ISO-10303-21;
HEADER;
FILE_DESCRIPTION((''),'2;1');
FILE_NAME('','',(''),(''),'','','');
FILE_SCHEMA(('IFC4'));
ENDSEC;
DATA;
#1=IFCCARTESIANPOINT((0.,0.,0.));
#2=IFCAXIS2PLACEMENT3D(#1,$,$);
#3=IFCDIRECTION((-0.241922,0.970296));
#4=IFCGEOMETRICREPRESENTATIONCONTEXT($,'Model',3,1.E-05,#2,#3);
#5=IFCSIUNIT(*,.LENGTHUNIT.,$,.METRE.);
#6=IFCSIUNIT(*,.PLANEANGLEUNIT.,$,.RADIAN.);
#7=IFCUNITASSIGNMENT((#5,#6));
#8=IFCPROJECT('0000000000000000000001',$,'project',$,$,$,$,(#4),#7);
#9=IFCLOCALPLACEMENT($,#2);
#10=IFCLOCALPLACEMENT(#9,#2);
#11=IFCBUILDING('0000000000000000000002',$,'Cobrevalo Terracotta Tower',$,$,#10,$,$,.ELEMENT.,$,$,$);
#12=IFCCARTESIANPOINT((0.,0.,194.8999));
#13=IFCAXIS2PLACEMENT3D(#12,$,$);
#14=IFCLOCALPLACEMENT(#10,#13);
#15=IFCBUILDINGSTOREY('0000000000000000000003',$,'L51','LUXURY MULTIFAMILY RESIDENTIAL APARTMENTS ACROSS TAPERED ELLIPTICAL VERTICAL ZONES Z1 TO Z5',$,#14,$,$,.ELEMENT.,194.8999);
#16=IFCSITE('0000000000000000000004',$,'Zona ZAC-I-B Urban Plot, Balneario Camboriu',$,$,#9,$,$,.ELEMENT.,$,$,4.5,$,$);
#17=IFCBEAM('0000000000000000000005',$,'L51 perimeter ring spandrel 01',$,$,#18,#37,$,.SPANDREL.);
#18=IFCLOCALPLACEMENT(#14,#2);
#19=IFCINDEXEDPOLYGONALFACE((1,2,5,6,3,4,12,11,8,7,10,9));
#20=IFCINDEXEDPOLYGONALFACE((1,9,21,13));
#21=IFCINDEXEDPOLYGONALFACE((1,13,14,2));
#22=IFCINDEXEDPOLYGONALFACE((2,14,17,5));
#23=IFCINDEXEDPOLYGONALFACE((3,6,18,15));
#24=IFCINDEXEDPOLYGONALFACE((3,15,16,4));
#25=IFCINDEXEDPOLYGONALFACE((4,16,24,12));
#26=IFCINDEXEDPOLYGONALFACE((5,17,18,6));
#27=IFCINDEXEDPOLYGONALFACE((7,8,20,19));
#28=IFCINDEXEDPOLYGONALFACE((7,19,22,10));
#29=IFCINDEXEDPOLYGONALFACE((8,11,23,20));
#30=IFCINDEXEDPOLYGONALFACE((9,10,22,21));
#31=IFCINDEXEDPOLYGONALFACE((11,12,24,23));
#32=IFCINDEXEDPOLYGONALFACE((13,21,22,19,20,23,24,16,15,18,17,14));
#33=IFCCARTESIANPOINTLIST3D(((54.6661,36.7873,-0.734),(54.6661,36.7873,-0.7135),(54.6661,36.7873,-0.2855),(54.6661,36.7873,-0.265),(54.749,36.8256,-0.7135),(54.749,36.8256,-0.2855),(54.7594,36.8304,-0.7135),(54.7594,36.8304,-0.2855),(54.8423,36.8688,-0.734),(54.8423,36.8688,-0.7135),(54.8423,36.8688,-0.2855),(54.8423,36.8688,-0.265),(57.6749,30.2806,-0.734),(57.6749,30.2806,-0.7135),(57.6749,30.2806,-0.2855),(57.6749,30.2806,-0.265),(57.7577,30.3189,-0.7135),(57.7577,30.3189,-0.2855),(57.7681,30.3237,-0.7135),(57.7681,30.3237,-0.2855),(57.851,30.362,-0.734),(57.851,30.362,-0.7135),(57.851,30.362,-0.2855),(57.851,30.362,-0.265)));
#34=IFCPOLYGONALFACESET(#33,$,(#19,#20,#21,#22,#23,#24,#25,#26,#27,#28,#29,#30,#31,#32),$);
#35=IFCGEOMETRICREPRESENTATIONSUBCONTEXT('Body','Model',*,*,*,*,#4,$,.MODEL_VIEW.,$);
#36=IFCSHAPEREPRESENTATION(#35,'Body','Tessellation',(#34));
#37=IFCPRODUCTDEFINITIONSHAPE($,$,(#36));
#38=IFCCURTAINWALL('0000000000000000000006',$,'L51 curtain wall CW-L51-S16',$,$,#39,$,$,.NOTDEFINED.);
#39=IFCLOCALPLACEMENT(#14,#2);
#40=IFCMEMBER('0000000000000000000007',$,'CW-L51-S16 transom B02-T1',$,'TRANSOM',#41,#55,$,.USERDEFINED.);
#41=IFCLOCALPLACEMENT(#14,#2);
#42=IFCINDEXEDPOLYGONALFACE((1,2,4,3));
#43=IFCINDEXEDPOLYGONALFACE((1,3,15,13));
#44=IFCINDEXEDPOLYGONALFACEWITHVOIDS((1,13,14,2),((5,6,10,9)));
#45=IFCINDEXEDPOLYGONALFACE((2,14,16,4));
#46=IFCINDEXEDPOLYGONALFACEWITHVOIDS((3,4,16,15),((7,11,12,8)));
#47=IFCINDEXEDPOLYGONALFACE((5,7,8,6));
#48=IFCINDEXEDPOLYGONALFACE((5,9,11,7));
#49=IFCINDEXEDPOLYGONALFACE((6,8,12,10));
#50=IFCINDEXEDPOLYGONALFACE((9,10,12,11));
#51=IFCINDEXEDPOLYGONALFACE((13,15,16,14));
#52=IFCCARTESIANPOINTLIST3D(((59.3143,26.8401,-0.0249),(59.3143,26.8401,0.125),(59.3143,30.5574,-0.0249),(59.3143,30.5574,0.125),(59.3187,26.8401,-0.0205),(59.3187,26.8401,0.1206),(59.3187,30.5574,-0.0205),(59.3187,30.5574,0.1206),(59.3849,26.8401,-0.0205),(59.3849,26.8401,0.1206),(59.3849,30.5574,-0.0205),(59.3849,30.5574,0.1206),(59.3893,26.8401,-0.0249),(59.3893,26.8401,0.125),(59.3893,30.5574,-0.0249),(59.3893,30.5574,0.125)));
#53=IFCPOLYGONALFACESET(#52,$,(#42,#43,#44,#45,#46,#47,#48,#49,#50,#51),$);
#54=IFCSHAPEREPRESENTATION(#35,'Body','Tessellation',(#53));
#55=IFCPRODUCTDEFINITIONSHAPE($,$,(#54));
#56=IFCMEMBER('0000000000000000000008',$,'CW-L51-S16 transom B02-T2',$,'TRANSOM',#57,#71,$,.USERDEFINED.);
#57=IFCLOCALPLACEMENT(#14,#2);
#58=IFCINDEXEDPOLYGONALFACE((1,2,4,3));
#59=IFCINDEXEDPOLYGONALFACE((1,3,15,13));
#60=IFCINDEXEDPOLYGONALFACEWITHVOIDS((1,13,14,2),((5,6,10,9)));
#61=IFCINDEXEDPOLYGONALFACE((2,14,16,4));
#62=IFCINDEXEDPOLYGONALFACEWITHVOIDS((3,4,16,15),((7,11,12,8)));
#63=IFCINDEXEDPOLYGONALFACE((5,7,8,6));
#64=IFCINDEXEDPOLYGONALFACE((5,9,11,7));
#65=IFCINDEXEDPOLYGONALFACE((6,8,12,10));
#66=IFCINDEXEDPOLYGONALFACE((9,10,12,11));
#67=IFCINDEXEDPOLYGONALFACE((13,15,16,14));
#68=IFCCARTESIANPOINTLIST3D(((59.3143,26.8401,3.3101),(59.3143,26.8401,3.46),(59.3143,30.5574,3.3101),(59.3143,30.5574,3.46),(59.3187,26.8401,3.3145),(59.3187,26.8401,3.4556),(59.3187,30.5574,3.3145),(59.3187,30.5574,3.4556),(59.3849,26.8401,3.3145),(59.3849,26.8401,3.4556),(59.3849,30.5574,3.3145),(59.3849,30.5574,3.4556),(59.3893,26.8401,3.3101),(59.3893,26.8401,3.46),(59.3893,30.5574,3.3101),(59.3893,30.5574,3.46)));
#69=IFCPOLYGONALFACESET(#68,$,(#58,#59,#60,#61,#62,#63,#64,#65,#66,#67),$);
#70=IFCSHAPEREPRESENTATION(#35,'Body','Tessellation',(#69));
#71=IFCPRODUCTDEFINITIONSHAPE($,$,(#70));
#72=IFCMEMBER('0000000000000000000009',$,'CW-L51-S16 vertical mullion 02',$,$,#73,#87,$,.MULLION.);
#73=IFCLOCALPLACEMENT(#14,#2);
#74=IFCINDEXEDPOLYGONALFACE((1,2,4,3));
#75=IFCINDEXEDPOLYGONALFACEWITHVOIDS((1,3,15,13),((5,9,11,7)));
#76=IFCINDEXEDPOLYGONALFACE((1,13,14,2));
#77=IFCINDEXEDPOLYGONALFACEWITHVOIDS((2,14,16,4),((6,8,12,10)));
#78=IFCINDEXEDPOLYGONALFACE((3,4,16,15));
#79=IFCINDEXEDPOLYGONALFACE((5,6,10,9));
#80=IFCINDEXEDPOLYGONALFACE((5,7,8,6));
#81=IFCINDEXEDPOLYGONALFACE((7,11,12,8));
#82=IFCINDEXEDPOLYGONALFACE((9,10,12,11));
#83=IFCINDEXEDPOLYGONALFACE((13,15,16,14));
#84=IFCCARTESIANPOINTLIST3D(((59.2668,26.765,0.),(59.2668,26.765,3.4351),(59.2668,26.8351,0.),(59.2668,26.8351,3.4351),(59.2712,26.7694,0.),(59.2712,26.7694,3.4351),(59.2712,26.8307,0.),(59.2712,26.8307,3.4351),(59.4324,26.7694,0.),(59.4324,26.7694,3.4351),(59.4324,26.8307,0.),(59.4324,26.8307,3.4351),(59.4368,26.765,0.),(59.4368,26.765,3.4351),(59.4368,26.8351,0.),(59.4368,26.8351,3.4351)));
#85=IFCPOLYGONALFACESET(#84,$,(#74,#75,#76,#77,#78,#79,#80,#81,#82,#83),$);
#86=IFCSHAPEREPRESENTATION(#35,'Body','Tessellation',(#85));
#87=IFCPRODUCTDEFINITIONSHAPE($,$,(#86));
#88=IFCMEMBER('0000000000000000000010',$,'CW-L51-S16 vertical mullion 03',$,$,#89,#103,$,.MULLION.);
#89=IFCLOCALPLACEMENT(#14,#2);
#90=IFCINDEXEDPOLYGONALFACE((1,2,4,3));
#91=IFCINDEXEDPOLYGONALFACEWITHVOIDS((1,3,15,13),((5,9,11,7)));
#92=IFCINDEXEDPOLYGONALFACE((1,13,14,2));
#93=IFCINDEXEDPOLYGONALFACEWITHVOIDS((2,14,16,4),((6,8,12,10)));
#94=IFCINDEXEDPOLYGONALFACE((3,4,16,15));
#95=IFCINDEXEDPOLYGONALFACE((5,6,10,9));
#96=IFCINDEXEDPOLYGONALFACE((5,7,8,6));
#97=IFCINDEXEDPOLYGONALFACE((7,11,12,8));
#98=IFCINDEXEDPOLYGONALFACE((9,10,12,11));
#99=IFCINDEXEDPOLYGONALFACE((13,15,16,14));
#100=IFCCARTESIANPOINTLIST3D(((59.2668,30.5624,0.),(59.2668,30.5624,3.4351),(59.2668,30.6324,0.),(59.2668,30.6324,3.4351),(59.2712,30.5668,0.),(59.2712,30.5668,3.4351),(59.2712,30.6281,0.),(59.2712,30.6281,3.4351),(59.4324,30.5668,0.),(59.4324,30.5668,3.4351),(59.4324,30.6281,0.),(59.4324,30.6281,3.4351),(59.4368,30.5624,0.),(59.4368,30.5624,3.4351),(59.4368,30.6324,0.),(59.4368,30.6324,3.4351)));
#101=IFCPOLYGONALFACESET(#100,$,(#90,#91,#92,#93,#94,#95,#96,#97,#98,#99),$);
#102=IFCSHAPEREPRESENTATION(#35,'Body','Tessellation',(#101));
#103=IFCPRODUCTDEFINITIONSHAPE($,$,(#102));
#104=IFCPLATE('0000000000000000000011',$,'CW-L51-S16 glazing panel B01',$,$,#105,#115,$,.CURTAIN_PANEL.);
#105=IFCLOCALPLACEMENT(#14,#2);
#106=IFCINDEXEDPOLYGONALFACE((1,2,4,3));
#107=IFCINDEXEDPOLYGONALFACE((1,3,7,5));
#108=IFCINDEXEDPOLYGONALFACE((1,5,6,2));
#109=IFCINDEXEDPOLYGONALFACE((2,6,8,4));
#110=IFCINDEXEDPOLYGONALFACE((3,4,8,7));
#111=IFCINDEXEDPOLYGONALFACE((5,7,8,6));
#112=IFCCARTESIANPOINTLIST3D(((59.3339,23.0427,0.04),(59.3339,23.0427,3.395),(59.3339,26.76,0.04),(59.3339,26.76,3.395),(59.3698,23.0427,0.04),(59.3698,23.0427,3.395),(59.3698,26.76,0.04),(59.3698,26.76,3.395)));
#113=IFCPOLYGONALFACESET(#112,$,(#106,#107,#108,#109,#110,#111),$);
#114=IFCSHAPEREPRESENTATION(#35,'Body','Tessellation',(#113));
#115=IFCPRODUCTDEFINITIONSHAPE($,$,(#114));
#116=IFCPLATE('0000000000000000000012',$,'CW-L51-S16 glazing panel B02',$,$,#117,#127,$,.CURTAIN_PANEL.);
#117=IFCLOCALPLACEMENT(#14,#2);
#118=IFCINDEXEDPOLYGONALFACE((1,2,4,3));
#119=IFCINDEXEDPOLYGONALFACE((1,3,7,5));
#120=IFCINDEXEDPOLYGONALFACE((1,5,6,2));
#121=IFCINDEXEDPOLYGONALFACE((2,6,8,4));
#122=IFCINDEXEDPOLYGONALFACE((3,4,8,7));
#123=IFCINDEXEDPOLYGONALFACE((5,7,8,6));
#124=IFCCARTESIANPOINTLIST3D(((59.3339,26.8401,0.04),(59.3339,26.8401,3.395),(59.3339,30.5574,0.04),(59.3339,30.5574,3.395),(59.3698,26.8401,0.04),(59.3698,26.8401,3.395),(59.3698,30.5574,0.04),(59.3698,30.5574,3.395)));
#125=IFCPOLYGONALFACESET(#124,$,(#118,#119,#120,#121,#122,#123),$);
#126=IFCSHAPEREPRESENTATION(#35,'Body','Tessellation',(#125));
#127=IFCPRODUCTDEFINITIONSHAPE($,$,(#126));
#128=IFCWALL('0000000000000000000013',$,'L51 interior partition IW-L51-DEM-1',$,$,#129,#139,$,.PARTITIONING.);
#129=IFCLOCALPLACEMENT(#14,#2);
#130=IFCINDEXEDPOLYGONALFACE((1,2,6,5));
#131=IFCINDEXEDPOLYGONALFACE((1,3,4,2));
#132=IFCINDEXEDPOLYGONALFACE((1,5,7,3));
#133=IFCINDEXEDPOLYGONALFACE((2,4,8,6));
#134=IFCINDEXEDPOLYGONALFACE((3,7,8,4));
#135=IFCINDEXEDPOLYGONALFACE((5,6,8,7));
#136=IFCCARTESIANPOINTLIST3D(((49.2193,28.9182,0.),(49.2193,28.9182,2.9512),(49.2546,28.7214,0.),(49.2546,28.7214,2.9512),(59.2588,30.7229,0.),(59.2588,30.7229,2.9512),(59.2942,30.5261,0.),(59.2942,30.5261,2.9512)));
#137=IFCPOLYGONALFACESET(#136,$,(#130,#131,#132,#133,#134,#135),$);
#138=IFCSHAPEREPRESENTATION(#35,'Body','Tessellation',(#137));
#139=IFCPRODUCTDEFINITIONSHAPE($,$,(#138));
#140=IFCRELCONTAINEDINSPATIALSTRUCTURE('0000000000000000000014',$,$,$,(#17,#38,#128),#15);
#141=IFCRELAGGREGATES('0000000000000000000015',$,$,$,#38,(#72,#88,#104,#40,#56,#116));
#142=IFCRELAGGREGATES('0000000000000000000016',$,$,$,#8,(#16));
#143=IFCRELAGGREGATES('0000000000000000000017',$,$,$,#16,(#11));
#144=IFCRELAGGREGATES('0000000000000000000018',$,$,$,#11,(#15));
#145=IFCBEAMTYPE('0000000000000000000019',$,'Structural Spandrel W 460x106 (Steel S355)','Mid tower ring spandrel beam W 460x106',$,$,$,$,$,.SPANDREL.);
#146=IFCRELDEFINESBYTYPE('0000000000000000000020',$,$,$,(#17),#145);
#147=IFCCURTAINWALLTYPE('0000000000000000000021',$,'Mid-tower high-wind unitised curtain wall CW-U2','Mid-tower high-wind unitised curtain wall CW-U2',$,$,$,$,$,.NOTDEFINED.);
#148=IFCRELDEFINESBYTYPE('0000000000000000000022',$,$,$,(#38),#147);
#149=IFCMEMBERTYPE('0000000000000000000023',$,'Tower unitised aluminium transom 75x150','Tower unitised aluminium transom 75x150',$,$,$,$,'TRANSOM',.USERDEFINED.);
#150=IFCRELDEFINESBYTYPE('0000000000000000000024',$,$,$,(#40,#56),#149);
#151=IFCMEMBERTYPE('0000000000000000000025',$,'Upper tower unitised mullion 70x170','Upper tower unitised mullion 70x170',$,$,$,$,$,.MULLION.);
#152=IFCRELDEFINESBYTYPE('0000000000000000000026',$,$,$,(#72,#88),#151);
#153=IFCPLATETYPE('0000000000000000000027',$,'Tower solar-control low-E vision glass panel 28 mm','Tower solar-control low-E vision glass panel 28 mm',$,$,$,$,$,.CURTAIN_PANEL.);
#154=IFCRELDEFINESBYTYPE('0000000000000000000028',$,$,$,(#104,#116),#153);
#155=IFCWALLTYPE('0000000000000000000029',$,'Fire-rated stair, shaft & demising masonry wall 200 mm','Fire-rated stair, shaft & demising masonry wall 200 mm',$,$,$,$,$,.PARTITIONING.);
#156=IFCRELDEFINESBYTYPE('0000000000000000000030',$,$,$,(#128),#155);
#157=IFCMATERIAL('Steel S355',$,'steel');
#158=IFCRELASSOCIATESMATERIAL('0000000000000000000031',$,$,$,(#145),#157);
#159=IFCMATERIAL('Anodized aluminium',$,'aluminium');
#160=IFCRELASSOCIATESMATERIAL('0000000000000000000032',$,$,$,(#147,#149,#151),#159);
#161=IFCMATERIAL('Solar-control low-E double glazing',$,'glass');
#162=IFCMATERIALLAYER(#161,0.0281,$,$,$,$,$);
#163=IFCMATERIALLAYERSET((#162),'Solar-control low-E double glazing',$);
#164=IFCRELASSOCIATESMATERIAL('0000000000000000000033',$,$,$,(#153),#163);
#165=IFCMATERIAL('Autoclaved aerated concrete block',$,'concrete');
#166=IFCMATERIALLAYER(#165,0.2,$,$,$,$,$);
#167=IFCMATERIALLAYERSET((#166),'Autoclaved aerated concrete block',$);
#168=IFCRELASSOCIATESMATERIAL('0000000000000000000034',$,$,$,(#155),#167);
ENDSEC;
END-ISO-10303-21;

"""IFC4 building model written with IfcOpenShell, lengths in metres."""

from ifc_helpers import new_model, si_unit, direction, frame, frame_2d, origin, origin_2d, place, context, subcontext, project, spatial, rectangle, hollow_rectangle, i_section, extrude, source, transform, mapped, material, layer, layer_set, material_profile, profile_set, type_object, element, aggregate, save


model = new_model("IFC4")

# Units and contexts
model_context = context("Model", 3, precision=1e-05, world=origin(), true_north=direction((-0.241922, 0.970296)))
body_context = subcontext(model_context, "Body", "Model", "MODEL_VIEW")
ifc_project = project(units=[si_unit("LENGTHUNIT", "METRE"), si_unit("PLANEANGLEUNIT", "RADIAN")], contexts=[model_context])

# Site, building, storey
site_placement = place(None, origin())
site = spatial("IfcSite", under=ifc_project, at=site_placement, Name="Zona ZAC-I-B Urban Plot, Balneario Camboriu", CompositionType="ELEMENT", RefElevation=4.5)
building_placement = place(site_placement, origin())
building = spatial("IfcBuilding", under=site, at=building_placement, Name="Cobrevalo Terracotta Tower", CompositionType="ELEMENT")
storey_placement = place(building_placement, frame((0.0, 0.0, 194.8999)))
storey = spatial("IfcBuildingStorey", under=building, at=storey_placement, Name="L51", Description="LUXURY MULTIFAMILY RESIDENTIAL APARTMENTS ACROSS TAPERED ELLIPTICAL VERTICAL ZONES Z1 TO Z5", CompositionType="ELEMENT", Elevation=194.8999)

# Shared definitions
ifc_material_1 = material(Name="Steel S355", Category="steel")

# Beam
ifc_material_profile_1 = material_profile(ifc_material_1, i_section(OverallWidth=0.1941, OverallDepth=0.469, WebThickness=0.0115, FlangeThickness=0.0205, at=origin_2d()), Name="W 460x106")
ifc_profile_set_1 = profile_set([ifc_material_profile_1], Name="Steel S355")
beam_type_1 = type_object("IfcBeamType", Name="Structural Spandrel W 460x106 (Steel S355)", Description="Mid tower ring spandrel beam W 460x106", PredefinedType="SPANDREL", material=ifc_profile_set_1)
beam_1_placement = place(storey_placement, frame((57.7629, 30.3213, -0.4995), z_axis=(-0.419706, 0.90766, 0.0), x_axis=(-0.90766, -0.419706, 0.0)))
element("IfcBeam", 1, at=beam_1_placement, inside=storey, type_object=beam_type_1, Name="L51 perimeter ring spandrel 01", PredefinedType="SPANDREL", context=body_context, shape_type="SweptSolid", body=[
    extrude(i_section(OverallWidth=0.1941, OverallDepth=0.469, WebThickness=0.0115, FlangeThickness=0.0205, at=origin_2d()), origin(), (0.0, 0.0, 1.0), 7.1687),
])

# Curtain wall, members, plates
ifc_material_2 = material(Name="Anodized aluminium", Category="aluminium")
curtain_wall_type = type_object("IfcCurtainWallType", Name="Mid-tower high-wind unitised curtain wall CW-U2", Description="Mid-tower high-wind unitised curtain wall CW-U2", PredefinedType="NOTDEFINED", material=ifc_material_2)
curtain_wall_placement = place(storey_placement, origin())
curtain_wall = element("IfcCurtainWall", 2, at=curtain_wall_placement, inside=storey, type_object=curtain_wall_type, Name="L51 curtain wall CW-L51-S16", PredefinedType="NOTDEFINED")
ifc_material_profile_2 = material_profile(ifc_material_2, hollow_rectangle(XDim=0.075, YDim=0.1499, WallThickness=0.0044, at=origin_2d()), Name="CWT 75x150")
ifc_profile_set_2 = profile_set([ifc_material_profile_2], Name="Anodized aluminium")
member_type_1 = type_object("IfcMemberType", Name="Tower unitised aluminium transom 75x150", Description="Tower unitised aluminium transom 75x150", ElementType="TRANSOM", PredefinedType="USERDEFINED", material=ifc_profile_set_2)
shared_shape_1 = source(origin(), body_context, "Body", "SweptSolid", [
    extrude(hollow_rectangle(XDim=0.075, YDim=0.1499, WallThickness=0.0044, at=origin_2d()), origin(), (0.0, 0.0, 1.0), 3.7173),
])
member_1_placement = place(storey_placement, frame((59.3518, 26.8401, 0.05), z_axis=(0.0, 1.0, 0.0), x_axis=(-1.0, 0.0, 0.0)))
member_1 = element("IfcMember", 3, at=member_1_placement, type_object=member_type_1, Name="CW-L51-S16 transom B02-T1", ObjectType="TRANSOM", PredefinedType="USERDEFINED", context=body_context, shape_type="MappedRepresentation", body=[
    mapped(shared_shape_1, transform((0.0, 0.0, 0.0), scale=1.0)),
])
member_2_placement = place(storey_placement, frame((59.3518, 26.8401, 3.385), z_axis=(0.0, 1.0, 0.0), x_axis=(-1.0, 0.0, 0.0)))
member_2 = element("IfcMember", 4, at=member_2_placement, type_object=member_type_1, Name="CW-L51-S16 transom B02-T2", ObjectType="TRANSOM", PredefinedType="USERDEFINED", context=body_context, shape_type="MappedRepresentation", body=[
    mapped(shared_shape_1, transform((0.0, 0.0, 0.0), scale=1.0)),
])
ifc_material_profile_3 = material_profile(ifc_material_2, hollow_rectangle(XDim=0.0701, YDim=0.1699, WallThickness=0.0044, at=origin_2d()), Name="CWM 70x170")
ifc_profile_set_3 = profile_set([ifc_material_profile_3], Name="Anodized aluminium")
member_type_2 = type_object("IfcMemberType", Name="Upper tower unitised mullion 70x170", Description="Upper tower unitised mullion 70x170", PredefinedType="MULLION", material=ifc_profile_set_3)
shared_shape_2 = source(origin(), body_context, "Body", "SweptSolid", [
    extrude(hollow_rectangle(XDim=0.0701, YDim=0.1699, WallThickness=0.0044, at=origin_2d()), origin(), (0.0, 0.0, 1.0), 3.4351),
])
member_3_placement = place(storey_placement, frame((59.3518, 26.8, 0.0), z_axis=(0.0, 0.0, 1.0), x_axis=(0.0, 1.0, 0.0)))
member_3 = element("IfcMember", 5, at=member_3_placement, type_object=member_type_2, Name="CW-L51-S16 vertical mullion 02", PredefinedType="MULLION", context=body_context, shape_type="MappedRepresentation", body=[
    mapped(shared_shape_2, transform((0.0, 0.0, 0.0), scale=1.0)),
])
member_4_placement = place(storey_placement, frame((59.3518, 30.5974, 0.0), z_axis=(0.0, 0.0, 1.0), x_axis=(0.0, 1.0, 0.0)))
member_4 = element("IfcMember", 6, at=member_4_placement, type_object=member_type_2, Name="CW-L51-S16 vertical mullion 03", PredefinedType="MULLION", context=body_context, shape_type="MappedRepresentation", body=[
    mapped(shared_shape_2, transform((0.0, 0.0, 0.0), scale=1.0)),
])
ifc_material_3 = material(Name="Solar-control low-E double glazing", Category="glass")
ifc_layer_1 = layer(ifc_material_3, 0.0281)
ifc_layer_set_1 = layer_set([ifc_layer_1], Name="Solar-control low-E double glazing")
plate_type = type_object("IfcPlateType", Name="Tower solar-control low-E vision glass panel 28 mm", Description="Tower solar-control low-E vision glass panel 28 mm", PredefinedType="CURTAIN_PANEL", material=ifc_layer_set_1)
shared_shape_3 = source(origin(), body_context, "Body", "SweptSolid", [
    extrude(rectangle(XDim=3.7173, YDim=0.0359, at=origin_2d()), origin(), (0.0, 0.0, 1.0), 3.355),
])
plate_1_placement = place(storey_placement, frame((59.3518, 24.9014, 0.04), z_axis=(0.0, 0.0, 1.0), x_axis=(0.0, 1.0, 0.0)))
plate_1 = element("IfcPlate", 7, at=plate_1_placement, type_object=plate_type, Name="CW-L51-S16 glazing panel B01", PredefinedType="CURTAIN_PANEL", context=body_context, shape_type="MappedRepresentation", body=[
    mapped(shared_shape_3, transform((0.0, 0.0, 0.0), scale=1.0)),
])
plate_2_placement = place(storey_placement, frame((59.3518, 28.6987, 0.04), z_axis=(0.0, 0.0, 1.0), x_axis=(0.0, 1.0, 0.0)))
plate_2 = element("IfcPlate", 8, at=plate_2_placement, type_object=plate_type, Name="CW-L51-S16 glazing panel B02", PredefinedType="CURTAIN_PANEL", context=body_context, shape_type="MappedRepresentation", body=[
    mapped(shared_shape_3, transform((0.0, 0.0, 0.0), scale=1.0)),
])
aggregate(curtain_wall, [member_3, member_4, plate_1, member_1, member_2, plate_2])

# Wall
ifc_material_4 = material(Name="Autoclaved aerated concrete block", Category="concrete")
ifc_layer_2 = layer(ifc_material_4, 0.2)
ifc_layer_set_2 = layer_set([ifc_layer_2], Name="Autoclaved aerated concrete block")
wall_type_1 = type_object("IfcWallType", Name="Fire-rated stair, shaft & demising masonry wall 200 mm", Description="Fire-rated stair, shaft & demising masonry wall 200 mm", PredefinedType="PARTITIONING", material=ifc_layer_set_2)
wall_1_placement = place(storey_placement, frame((49.2371, 28.8198, 0.0), z_axis=(0.0, 0.0, 1.0), x_axis=(0.984225, 0.176922, 0.0)))
element("IfcWall", 9, at=wall_1_placement, inside=storey, type_object=wall_type_1, Name="L51 interior partition IW-L51-DEM-1", PredefinedType="PARTITIONING", context=body_context, shape_type="SweptSolid", body=[
    extrude(rectangle(XDim=10.2004, YDim=0.2, at=frame_2d((5.1001, 0.0))), origin(), (0.0, 0.0, 1.0), 2.9512),
])

save(model, "model.ifc")
